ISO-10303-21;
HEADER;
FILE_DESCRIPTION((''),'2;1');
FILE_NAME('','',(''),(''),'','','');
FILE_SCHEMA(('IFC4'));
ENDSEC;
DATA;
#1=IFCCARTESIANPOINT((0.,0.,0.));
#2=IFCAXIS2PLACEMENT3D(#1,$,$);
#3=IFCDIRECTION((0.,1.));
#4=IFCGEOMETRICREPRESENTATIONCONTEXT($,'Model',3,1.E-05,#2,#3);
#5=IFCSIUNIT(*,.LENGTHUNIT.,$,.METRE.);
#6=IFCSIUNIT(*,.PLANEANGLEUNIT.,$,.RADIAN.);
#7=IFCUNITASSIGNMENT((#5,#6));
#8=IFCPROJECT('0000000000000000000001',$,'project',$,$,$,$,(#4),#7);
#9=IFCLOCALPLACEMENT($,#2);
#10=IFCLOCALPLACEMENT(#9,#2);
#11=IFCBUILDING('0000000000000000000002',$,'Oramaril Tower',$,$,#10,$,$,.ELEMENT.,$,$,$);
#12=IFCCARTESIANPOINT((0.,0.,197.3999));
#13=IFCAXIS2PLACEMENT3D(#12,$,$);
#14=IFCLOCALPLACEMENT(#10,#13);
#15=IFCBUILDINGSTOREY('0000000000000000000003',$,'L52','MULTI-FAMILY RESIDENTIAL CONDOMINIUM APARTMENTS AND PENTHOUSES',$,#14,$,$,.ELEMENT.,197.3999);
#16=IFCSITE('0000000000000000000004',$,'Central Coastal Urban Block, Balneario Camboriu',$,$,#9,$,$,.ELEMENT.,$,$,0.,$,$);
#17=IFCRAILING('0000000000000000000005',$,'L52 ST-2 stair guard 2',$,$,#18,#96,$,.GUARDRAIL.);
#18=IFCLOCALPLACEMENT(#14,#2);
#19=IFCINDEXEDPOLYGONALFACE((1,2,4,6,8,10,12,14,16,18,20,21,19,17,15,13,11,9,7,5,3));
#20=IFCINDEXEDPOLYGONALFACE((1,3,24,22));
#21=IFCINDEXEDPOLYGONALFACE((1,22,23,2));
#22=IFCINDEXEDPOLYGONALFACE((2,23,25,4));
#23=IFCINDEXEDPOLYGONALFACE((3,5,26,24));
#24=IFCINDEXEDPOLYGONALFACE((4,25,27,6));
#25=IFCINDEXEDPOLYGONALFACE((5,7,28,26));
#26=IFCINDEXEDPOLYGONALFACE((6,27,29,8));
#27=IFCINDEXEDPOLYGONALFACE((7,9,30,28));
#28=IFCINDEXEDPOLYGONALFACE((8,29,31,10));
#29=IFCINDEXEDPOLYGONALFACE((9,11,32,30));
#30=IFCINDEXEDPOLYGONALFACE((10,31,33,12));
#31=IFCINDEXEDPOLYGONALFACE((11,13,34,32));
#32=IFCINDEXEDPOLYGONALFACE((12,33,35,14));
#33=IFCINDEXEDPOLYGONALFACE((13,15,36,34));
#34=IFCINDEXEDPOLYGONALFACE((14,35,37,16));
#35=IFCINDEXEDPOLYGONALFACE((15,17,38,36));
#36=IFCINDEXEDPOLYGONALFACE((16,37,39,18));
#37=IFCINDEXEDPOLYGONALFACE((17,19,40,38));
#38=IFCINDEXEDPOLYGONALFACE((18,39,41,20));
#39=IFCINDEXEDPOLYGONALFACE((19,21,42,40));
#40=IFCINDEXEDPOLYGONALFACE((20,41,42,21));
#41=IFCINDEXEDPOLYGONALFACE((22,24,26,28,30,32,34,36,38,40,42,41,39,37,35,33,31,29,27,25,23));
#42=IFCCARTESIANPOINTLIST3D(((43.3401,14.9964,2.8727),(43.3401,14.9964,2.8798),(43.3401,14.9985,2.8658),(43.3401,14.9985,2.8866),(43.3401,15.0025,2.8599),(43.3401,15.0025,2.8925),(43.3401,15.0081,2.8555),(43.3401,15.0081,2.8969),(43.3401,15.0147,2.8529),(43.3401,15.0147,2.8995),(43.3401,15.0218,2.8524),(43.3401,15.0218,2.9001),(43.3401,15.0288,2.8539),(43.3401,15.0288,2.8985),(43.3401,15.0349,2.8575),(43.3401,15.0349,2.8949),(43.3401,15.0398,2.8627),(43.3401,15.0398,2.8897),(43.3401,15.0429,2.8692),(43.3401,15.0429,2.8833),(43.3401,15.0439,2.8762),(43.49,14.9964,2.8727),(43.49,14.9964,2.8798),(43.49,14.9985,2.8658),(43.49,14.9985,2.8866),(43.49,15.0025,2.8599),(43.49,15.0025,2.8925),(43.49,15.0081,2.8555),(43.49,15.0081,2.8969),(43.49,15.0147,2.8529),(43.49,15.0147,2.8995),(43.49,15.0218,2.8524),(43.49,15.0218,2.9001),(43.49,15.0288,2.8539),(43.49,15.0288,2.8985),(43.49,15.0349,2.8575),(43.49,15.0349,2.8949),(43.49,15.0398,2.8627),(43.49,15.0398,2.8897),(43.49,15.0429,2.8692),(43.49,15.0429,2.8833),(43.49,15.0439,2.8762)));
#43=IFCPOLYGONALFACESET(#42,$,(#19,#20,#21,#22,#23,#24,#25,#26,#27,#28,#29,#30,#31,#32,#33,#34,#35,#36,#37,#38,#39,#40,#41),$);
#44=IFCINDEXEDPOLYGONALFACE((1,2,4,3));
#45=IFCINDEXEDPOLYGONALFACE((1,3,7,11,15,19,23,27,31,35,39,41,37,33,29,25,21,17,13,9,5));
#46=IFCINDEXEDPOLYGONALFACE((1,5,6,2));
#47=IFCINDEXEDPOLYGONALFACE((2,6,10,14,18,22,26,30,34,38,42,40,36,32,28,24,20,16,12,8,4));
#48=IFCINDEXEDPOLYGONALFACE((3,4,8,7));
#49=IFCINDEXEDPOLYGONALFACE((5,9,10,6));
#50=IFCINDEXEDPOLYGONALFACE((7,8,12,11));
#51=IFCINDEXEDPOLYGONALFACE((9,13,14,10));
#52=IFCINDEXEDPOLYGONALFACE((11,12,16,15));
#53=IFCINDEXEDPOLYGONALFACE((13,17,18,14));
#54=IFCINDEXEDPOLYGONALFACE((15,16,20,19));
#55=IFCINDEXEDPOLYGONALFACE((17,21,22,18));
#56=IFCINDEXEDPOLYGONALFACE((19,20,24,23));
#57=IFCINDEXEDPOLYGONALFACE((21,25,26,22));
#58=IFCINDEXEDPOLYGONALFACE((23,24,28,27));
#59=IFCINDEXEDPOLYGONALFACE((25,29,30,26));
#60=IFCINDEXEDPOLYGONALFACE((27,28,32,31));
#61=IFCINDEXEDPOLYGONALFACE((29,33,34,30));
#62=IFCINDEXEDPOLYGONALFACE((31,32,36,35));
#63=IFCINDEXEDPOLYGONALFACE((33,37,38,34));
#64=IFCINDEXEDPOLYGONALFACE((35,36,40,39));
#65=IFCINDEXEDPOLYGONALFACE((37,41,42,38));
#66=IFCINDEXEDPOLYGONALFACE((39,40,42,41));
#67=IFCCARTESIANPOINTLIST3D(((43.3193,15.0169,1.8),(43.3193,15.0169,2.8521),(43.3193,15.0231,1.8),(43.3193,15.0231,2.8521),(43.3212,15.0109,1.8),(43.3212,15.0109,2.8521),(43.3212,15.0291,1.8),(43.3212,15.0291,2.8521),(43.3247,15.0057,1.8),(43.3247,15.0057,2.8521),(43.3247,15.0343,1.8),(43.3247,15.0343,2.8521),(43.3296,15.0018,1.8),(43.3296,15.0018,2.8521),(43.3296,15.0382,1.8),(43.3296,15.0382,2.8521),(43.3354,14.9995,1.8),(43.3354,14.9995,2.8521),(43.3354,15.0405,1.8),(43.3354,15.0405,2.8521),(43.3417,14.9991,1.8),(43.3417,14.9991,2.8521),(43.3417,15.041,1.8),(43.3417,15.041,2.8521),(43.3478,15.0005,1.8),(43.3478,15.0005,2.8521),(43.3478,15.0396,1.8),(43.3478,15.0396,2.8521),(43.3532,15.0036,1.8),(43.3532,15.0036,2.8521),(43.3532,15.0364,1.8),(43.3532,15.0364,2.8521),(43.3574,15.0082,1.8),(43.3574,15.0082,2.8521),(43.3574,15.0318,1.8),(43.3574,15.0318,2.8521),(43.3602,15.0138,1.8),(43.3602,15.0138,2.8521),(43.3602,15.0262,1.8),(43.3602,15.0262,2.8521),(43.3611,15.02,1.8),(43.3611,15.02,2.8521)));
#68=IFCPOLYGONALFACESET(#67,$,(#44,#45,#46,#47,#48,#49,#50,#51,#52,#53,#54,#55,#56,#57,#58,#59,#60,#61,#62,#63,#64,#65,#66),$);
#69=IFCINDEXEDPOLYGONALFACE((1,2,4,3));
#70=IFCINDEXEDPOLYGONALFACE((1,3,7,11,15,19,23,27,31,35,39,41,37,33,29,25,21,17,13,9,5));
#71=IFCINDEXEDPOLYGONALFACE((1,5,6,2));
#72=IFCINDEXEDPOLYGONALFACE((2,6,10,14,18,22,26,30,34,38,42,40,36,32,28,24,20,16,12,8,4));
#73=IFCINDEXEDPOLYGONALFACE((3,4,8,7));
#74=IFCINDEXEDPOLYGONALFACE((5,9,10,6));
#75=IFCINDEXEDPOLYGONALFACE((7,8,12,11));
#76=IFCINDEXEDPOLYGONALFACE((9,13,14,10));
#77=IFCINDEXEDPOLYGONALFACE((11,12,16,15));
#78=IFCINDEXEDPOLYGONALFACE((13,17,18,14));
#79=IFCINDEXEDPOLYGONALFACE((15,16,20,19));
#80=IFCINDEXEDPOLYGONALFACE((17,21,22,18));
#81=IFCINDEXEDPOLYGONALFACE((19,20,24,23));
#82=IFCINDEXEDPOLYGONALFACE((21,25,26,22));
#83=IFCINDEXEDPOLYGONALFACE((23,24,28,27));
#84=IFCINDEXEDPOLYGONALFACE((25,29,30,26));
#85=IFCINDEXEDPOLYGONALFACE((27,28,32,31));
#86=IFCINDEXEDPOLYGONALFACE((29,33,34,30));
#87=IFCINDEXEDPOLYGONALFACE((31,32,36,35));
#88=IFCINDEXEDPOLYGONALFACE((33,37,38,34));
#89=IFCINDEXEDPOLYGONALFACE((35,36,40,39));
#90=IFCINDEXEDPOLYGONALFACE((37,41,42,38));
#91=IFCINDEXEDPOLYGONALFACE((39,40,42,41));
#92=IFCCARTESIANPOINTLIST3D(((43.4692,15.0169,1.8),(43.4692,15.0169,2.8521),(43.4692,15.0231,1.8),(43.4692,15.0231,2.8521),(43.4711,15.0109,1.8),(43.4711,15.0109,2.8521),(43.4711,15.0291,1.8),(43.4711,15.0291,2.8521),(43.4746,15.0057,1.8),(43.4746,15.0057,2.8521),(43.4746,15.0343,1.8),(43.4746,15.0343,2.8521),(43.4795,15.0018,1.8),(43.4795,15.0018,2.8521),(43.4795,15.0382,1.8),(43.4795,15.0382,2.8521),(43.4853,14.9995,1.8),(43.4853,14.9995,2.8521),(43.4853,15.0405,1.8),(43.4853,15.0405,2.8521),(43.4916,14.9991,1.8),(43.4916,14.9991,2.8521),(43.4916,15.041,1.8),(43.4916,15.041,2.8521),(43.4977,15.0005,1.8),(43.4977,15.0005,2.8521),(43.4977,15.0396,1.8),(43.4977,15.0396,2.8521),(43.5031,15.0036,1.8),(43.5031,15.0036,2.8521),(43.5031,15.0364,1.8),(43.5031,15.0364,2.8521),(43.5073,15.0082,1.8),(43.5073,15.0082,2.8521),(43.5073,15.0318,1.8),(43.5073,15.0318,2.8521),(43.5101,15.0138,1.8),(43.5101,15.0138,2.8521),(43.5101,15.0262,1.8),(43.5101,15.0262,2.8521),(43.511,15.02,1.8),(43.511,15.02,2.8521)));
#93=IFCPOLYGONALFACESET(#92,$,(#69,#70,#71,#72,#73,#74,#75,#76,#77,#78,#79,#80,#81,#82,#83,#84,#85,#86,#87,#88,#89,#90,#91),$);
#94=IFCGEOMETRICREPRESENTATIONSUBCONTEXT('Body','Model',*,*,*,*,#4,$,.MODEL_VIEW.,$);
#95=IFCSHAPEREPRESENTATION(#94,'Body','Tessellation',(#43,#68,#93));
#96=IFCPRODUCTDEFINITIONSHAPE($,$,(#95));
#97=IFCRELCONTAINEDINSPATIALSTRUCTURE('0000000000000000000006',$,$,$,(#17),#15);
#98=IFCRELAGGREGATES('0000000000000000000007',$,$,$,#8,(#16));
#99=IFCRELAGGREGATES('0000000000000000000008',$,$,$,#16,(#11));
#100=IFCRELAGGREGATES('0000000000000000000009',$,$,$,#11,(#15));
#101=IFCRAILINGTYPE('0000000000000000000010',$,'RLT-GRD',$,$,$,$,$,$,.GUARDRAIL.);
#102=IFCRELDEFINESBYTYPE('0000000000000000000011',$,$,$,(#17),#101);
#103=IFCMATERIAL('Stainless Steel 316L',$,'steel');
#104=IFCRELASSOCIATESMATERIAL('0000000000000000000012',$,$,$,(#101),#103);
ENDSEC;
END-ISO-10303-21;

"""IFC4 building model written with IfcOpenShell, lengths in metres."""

from ifc_helpers import new_model, si_unit, direction, frame, origin, origin_2d, place, context, subcontext, project, spatial, circle, extrude, material, type_object, element, save


model = new_model("IFC4")

# Units and contexts
model_context = context("Model", 3, precision=1e-05, world=origin(), true_north=direction((0.0, 1.0)))
body_context = subcontext(model_context, "Body", "Model", "MODEL_VIEW")
ifc_project = project(units=[si_unit("LENGTHUNIT", "METRE"), si_unit("PLANEANGLEUNIT", "RADIAN")], contexts=[model_context])

# Site, building, storey
site_placement = place(None, origin())
site = spatial("IfcSite", under=ifc_project, at=site_placement, Name="Central Coastal Urban Block, Balneario Camboriu", CompositionType="ELEMENT", RefElevation=0.0)
building_placement = place(site_placement, origin())
building = spatial("IfcBuilding", under=site, at=building_placement, Name="Oramaril Tower", CompositionType="ELEMENT")
storey_placement = place(building_placement, frame((0.0, 0.0, 197.3999)))
storey = spatial("IfcBuildingStorey", under=building, at=storey_placement, Name="L52", Description="MULTI-FAMILY RESIDENTIAL CONDOMINIUM APARTMENTS AND PENTHOUSES", CompositionType="ELEMENT", Elevation=197.3999)

# Railing
ifc_material_1 = material(Name="Stainless Steel 316L", Category="steel")
railing_type_1 = type_object("IfcRailingType", Name="RLT-GRD", PredefinedType="GUARDRAIL", material=ifc_material_1)
railing_1_placement = place(storey_placement, frame((43.3401, 15.02, 1.8)))
element("IfcRailing", 1, at=railing_1_placement, inside=storey, type_object=railing_type_1, Name="L52 ST-2 stair guard 2", PredefinedType="GUARDRAIL", context=body_context, shape_type="SweptSolid", body=[
    extrude(circle(Radius=0.0239, at=origin_2d()), frame((0.0, 0.0, 1.0762), z_axis=(1.0, 0.0, 0.0), x_axis=(0.0, 1.0, 0.0)), (0.0, 0.0, 1.0), 0.1499),
    extrude(circle(Radius=0.021, at=origin_2d()), origin(), (0.0, 0.0, 1.0), 1.052),
    extrude(circle(Radius=0.021, at=origin_2d()), frame((0.1499, 0.0, 0.0)), (0.0, 0.0, 1.0), 1.052),
])

save(model, "model.ifc")
